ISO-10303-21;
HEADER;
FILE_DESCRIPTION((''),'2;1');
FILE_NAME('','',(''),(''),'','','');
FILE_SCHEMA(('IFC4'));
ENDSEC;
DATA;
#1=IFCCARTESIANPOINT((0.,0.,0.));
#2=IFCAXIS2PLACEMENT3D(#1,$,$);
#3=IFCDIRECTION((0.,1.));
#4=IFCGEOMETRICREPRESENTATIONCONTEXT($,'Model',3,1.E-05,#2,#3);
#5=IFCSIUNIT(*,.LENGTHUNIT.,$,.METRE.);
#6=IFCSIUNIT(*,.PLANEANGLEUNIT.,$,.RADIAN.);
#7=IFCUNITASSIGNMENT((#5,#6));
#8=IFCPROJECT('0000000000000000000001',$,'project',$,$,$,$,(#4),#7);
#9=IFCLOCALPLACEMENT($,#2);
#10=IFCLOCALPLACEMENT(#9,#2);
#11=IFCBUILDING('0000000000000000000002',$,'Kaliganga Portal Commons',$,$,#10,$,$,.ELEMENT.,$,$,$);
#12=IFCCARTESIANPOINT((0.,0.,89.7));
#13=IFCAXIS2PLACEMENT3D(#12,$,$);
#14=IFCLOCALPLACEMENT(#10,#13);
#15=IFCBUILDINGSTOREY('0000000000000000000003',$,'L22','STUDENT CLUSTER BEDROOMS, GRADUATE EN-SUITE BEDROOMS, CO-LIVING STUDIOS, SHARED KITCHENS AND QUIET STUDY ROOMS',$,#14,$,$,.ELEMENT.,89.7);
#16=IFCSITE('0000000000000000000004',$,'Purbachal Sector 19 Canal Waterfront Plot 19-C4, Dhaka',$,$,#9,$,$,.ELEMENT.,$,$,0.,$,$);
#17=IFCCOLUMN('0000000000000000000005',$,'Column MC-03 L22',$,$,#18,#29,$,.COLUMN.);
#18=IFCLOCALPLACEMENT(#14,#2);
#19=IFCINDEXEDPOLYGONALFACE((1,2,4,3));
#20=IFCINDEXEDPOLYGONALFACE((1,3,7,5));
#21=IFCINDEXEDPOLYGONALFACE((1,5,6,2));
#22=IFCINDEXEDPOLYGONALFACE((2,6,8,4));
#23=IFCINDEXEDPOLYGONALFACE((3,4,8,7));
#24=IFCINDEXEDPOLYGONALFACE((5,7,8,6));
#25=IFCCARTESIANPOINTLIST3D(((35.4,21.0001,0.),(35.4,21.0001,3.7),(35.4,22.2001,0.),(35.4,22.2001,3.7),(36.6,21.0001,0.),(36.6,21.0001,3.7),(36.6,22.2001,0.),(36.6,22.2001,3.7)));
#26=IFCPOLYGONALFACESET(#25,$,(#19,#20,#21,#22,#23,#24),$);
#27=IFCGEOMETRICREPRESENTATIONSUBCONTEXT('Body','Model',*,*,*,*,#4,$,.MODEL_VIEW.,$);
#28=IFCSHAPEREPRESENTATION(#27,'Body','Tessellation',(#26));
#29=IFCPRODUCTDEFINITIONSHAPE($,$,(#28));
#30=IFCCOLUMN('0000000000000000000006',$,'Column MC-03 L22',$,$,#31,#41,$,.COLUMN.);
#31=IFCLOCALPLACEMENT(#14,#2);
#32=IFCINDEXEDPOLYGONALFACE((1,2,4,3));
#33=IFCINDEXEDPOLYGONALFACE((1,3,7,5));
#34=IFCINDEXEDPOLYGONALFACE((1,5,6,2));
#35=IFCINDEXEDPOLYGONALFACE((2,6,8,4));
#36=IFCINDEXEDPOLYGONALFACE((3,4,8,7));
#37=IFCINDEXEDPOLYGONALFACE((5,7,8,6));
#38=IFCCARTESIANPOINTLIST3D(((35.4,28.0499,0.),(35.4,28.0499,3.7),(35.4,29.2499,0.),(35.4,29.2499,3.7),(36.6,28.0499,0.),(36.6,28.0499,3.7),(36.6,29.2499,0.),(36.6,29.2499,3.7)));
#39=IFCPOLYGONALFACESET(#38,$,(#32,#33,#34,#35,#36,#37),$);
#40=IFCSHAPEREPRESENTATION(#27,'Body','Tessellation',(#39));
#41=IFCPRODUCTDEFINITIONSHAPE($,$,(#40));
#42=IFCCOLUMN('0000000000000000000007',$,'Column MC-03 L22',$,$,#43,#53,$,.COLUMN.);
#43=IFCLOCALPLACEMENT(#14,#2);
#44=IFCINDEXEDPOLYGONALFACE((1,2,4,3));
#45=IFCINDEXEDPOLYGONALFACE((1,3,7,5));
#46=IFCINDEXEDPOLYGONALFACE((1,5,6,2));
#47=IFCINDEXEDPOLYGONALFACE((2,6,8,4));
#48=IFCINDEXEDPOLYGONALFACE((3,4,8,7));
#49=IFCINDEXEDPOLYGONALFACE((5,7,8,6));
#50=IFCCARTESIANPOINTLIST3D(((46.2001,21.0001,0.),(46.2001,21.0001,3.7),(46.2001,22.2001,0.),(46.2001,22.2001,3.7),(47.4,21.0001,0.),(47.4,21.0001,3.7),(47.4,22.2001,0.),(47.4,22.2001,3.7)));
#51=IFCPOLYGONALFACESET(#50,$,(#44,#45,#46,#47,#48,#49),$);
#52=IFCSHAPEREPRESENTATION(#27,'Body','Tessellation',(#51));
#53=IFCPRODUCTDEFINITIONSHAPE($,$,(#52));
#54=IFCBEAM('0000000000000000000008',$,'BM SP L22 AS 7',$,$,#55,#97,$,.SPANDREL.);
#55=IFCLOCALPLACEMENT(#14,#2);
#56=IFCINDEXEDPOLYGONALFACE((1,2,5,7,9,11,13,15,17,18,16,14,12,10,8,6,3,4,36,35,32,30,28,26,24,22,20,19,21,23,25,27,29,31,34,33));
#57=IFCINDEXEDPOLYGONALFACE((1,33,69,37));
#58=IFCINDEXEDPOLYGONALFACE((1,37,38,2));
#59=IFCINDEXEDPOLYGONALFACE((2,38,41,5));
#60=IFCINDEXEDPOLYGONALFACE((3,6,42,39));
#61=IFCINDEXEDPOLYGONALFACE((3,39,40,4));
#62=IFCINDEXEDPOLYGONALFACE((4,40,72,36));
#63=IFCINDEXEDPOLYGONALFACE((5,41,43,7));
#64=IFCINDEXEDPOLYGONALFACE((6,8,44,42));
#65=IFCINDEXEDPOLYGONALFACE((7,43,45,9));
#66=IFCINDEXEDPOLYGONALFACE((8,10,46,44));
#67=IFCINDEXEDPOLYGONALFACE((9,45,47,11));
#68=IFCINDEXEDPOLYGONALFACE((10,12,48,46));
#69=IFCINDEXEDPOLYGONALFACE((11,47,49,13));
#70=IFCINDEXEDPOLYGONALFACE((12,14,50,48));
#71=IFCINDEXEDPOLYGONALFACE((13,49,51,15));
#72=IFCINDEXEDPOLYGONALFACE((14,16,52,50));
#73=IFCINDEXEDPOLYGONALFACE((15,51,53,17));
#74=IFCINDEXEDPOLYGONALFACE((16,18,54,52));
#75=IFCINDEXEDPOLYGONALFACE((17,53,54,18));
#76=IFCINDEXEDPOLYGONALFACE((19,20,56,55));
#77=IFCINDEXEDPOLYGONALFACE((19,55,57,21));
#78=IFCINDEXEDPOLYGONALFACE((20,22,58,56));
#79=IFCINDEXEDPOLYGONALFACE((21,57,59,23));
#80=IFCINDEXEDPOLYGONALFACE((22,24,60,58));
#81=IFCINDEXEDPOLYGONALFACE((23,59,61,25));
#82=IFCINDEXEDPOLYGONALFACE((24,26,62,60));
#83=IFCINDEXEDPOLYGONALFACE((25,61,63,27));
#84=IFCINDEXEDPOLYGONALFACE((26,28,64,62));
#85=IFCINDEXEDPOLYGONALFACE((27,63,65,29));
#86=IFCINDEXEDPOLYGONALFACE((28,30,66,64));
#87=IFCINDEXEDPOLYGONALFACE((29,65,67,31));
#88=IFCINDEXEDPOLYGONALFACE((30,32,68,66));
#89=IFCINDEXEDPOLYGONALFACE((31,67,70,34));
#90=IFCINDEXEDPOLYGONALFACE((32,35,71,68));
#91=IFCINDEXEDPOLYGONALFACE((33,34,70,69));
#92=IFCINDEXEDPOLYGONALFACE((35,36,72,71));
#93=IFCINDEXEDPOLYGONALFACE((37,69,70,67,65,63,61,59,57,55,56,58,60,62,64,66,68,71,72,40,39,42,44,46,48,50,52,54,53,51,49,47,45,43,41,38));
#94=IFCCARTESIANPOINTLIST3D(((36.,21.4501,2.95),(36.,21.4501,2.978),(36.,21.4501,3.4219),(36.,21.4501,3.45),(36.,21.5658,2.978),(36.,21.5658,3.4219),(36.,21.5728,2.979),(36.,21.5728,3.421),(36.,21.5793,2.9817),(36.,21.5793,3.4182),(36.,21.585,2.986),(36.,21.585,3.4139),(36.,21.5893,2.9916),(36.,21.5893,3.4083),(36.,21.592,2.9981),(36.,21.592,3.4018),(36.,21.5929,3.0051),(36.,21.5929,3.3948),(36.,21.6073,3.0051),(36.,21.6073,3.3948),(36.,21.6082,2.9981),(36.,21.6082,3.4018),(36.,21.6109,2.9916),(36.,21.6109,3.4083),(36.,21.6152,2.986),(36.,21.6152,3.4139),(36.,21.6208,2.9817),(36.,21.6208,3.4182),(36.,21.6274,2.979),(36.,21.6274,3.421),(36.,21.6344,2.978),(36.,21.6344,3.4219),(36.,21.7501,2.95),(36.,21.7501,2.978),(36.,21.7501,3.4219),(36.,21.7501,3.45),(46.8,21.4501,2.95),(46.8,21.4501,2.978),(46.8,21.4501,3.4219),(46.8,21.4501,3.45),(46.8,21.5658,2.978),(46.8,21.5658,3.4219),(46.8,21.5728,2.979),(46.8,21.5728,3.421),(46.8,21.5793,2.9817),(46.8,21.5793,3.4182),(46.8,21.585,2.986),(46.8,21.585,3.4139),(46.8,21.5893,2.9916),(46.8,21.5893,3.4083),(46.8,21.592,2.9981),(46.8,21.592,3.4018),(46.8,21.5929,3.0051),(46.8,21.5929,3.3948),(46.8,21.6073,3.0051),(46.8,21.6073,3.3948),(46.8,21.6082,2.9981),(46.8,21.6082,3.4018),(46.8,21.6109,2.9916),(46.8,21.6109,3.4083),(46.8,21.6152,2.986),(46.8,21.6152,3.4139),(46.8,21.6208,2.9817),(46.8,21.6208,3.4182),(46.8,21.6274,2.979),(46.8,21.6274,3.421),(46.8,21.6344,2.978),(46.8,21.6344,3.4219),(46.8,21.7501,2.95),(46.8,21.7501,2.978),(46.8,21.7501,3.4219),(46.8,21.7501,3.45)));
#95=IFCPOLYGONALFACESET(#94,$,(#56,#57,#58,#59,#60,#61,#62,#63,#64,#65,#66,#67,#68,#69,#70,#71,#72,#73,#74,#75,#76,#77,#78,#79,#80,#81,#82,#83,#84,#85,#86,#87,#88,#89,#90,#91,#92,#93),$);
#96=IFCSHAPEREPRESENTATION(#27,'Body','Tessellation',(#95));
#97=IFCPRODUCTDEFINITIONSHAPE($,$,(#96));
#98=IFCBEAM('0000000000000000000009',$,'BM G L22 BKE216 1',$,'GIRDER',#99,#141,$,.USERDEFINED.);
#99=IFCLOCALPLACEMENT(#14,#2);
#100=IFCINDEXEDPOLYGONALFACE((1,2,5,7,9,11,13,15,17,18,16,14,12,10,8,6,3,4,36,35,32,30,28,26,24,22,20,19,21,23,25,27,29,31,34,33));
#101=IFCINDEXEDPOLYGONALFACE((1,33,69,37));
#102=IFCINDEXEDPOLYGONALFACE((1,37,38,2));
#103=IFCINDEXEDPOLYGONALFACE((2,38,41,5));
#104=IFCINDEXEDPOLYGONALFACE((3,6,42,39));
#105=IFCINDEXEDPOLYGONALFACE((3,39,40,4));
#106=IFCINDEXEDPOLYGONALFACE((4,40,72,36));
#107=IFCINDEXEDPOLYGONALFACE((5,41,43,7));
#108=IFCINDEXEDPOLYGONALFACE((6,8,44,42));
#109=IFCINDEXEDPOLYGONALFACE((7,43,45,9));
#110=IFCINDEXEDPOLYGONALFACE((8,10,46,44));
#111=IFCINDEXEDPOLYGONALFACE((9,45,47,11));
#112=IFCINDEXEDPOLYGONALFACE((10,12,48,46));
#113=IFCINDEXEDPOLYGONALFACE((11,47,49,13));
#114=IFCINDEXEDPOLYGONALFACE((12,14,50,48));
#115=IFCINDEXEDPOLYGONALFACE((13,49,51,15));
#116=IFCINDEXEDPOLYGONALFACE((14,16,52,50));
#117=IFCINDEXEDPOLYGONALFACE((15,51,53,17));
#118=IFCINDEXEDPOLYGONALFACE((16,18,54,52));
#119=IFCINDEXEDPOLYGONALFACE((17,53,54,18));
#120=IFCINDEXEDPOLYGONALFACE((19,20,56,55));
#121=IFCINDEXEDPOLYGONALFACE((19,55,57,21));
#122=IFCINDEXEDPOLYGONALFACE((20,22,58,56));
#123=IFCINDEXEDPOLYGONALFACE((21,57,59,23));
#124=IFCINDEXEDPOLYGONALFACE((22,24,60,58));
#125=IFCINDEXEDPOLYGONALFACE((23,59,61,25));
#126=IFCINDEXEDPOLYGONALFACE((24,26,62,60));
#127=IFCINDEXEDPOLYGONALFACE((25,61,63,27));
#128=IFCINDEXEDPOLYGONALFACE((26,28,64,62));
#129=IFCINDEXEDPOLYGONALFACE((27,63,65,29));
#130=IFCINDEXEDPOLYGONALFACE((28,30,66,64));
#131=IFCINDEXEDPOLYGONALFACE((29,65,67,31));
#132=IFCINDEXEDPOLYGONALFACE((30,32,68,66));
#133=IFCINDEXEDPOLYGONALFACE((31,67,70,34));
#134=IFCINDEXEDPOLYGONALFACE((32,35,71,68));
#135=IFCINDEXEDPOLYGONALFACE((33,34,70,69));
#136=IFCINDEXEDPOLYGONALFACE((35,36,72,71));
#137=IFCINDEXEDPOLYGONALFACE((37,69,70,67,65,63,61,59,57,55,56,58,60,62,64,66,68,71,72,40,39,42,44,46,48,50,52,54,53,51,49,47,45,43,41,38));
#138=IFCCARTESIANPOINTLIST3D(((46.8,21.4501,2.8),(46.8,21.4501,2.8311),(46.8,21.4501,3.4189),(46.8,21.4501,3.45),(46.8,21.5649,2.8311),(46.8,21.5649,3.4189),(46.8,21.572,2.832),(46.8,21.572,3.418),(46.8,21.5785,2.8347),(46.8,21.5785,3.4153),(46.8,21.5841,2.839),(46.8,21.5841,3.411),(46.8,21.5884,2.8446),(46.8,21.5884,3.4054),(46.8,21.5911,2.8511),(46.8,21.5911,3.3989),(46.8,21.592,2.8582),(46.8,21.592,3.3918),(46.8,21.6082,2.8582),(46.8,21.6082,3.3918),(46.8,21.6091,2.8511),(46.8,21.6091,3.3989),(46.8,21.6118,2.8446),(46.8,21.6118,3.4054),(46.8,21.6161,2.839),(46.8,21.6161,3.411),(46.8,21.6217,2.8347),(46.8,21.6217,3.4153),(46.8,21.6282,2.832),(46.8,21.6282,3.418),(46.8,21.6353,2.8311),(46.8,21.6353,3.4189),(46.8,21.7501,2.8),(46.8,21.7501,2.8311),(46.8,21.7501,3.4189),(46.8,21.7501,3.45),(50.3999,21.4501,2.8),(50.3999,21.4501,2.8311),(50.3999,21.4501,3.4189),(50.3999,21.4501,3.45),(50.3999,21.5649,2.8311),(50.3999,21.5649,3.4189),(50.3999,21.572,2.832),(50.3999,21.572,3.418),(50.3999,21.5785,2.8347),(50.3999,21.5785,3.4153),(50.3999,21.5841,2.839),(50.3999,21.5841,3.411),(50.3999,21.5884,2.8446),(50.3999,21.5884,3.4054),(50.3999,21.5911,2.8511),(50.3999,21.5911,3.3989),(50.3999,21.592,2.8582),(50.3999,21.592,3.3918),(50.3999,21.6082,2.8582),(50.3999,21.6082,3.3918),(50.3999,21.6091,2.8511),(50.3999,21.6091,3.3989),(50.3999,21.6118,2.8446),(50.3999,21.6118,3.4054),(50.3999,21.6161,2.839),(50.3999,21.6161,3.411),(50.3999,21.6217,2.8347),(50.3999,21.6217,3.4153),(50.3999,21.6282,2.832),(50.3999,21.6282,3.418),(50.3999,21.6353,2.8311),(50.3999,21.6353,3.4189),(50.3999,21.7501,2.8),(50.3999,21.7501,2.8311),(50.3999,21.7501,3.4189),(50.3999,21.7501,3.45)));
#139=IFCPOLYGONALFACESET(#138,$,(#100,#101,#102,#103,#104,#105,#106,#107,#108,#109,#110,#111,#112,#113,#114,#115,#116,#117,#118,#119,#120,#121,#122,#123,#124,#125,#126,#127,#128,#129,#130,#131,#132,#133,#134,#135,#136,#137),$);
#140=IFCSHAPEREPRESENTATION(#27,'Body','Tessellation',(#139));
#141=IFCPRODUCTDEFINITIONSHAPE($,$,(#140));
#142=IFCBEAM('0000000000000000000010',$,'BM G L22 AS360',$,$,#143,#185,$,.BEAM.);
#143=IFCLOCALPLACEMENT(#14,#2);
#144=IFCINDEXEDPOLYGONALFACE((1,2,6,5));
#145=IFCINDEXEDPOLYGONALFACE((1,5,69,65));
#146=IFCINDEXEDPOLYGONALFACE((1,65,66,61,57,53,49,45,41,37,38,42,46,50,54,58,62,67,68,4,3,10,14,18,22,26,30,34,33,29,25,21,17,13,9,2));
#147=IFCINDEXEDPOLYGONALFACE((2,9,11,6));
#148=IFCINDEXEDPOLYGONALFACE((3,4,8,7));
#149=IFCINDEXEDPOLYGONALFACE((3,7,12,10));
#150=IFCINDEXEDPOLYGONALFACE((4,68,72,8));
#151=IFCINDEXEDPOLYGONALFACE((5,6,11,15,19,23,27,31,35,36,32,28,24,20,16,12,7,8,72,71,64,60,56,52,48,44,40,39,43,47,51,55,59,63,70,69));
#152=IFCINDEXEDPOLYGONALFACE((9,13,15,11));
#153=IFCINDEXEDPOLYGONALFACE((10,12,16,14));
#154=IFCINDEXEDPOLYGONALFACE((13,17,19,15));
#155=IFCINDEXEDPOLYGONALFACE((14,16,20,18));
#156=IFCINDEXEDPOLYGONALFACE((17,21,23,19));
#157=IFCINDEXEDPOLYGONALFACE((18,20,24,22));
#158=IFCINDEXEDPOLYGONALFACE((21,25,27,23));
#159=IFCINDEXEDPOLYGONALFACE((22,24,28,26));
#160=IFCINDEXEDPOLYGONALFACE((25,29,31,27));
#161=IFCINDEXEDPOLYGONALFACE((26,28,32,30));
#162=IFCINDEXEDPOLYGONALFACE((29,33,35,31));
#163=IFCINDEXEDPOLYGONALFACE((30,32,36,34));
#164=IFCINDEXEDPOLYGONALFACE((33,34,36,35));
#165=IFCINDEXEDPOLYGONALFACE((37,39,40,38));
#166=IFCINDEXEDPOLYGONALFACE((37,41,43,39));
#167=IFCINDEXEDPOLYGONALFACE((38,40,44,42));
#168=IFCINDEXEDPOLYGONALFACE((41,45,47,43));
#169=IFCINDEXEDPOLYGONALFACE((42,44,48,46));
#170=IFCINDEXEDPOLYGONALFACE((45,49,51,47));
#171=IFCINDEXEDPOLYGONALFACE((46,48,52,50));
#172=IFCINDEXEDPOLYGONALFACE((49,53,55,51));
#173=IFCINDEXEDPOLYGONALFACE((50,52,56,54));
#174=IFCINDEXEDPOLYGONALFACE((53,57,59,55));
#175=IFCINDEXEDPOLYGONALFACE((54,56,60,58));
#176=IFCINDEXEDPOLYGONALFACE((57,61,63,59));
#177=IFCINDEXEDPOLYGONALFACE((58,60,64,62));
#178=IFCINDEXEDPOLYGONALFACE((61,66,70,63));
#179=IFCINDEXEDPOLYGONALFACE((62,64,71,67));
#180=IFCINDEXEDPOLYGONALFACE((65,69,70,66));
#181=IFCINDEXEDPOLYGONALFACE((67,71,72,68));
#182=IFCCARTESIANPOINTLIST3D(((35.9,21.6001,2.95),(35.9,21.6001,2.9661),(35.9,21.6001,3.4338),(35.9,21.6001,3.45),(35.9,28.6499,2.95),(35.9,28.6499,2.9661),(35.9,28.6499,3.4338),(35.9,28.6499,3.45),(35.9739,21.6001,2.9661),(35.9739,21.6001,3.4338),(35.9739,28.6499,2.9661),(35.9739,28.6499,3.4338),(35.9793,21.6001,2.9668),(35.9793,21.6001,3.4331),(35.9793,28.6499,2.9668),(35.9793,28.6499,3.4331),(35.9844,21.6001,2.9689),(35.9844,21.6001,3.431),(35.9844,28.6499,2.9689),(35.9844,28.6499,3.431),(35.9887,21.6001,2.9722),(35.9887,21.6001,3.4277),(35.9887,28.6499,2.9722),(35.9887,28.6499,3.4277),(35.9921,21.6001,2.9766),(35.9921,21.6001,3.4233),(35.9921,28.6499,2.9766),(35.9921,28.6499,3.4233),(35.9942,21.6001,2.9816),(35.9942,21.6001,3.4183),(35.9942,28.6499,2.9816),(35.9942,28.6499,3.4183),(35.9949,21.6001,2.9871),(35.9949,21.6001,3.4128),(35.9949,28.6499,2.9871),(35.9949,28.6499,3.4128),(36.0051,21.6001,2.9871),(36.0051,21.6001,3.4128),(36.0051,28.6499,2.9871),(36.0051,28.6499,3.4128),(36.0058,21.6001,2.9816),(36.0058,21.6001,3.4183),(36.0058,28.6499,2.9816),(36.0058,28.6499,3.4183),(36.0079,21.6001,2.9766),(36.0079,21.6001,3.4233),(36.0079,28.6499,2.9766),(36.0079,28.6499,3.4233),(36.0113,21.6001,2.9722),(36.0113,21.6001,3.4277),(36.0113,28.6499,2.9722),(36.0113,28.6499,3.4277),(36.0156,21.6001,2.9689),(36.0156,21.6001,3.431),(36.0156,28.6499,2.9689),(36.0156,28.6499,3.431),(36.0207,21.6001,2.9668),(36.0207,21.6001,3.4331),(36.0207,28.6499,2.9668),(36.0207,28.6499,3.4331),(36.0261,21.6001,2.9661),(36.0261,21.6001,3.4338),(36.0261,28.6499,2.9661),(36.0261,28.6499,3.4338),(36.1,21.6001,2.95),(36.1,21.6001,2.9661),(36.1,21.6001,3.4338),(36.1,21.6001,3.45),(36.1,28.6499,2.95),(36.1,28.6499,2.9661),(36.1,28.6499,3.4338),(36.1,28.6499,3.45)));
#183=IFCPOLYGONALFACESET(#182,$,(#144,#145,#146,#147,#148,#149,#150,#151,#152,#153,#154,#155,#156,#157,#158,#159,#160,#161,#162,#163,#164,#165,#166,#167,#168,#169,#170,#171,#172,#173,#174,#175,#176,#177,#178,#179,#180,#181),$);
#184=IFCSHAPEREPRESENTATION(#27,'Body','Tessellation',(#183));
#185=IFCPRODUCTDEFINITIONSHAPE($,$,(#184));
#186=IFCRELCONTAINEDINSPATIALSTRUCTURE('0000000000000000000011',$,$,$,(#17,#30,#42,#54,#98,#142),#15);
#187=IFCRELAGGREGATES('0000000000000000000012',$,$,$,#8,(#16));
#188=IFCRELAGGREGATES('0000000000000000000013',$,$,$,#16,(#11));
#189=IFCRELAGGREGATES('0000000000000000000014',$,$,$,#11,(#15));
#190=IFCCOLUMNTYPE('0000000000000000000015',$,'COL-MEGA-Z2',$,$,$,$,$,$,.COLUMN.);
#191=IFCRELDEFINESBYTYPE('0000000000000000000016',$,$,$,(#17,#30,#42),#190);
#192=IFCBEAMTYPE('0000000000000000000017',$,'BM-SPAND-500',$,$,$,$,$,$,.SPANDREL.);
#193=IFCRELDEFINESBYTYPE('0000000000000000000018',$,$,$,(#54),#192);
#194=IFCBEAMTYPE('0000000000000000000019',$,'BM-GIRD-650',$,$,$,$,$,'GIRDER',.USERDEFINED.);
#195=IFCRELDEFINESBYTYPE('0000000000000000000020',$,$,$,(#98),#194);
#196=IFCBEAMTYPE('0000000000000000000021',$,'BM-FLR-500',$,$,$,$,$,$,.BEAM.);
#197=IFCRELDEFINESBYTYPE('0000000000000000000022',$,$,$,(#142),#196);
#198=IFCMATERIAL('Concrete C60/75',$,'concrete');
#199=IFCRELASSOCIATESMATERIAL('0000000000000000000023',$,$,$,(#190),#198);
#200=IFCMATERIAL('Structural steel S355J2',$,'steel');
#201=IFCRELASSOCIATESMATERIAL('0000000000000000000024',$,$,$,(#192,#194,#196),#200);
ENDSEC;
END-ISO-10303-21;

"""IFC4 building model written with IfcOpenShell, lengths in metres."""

from ifc_helpers import new_model, si_unit, direction, frame, origin, origin_2d, place, context, subcontext, project, spatial, rectangle, i_section, extrude, source, transform, mapped, material, material_profile, profile_set, type_object, element, save


model = new_model("IFC4")

# Units and contexts
model_context = context("Model", 3, precision=1e-05, world=origin(), true_north=direction((0.0, 1.0)))
body_context = subcontext(model_context, "Body", "Model", "MODEL_VIEW")
ifc_project = project(units=[si_unit("LENGTHUNIT", "METRE"), si_unit("PLANEANGLEUNIT", "RADIAN")], contexts=[model_context])

# Site, building, storey
site_placement = place(None, origin())
site = spatial("IfcSite", under=ifc_project, at=site_placement, Name="Purbachal Sector 19 Canal Waterfront Plot 19-C4, Dhaka", CompositionType="ELEMENT", RefElevation=0.0)
building_placement = place(site_placement, origin())
building = spatial("IfcBuilding", under=site, at=building_placement, Name="Kaliganga Portal Commons", CompositionType="ELEMENT")
storey_placement = place(building_placement, frame((0.0, 0.0, 89.7)))
storey = spatial("IfcBuildingStorey", under=building, at=storey_placement, Name="L22", Description="STUDENT CLUSTER BEDROOMS, GRADUATE EN-SUITE BEDROOMS, CO-LIVING STUDIOS, SHARED KITCHENS AND QUIET STUDY ROOMS", CompositionType="ELEMENT", Elevation=89.7)

# Columns
ifc_material_1 = material(Name="Concrete C60/75", Category="concrete")
ifc_material_profile_1 = material_profile(ifc_material_1, rectangle(XDim=1.2, YDim=1.2, at=origin_2d()), Name="RC 1200x1200")
ifc_profile_set_1 = profile_set([ifc_material_profile_1], Name="Concrete C60/75")
column_type = type_object("IfcColumnType", Name="COL-MEGA-Z2", PredefinedType="COLUMN", material=ifc_profile_set_1)
shared_shape_1 = source(origin(), body_context, "Body", "SweptSolid", [
    extrude(rectangle(XDim=1.2, YDim=1.2, at=origin_2d()), origin(), (0.0, 0.0, 1.0), 3.7),
])
for number, where, z_axis, x_axis, name in (
    (1, (36.0, 21.6001, 0.0), (0.0, 0.0, 1.0), (1.0, 0.0, 0.0), "Column MC-03 L22"),
    (2, (36.0, 28.6499, 0.0), (0.0, 0.0, 1.0), (1.0, 0.0, 0.0), "Column MC-03 L22"),
    (3, (46.8, 21.6001, 0.0), (0.0, 0.0, 1.0), (1.0, 0.0, 0.0), "Column MC-03 L22"),
):
    element("IfcColumn", number, at=place(storey_placement, frame(where, z_axis=z_axis, x_axis=x_axis)), inside=storey, type_object=column_type, Name=name, PredefinedType="COLUMN", context=body_context, shape_type="MappedRepresentation", body=[
        mapped(shared_shape_1, transform((0.0, 0.0, 0.0), x_axis=(1.0, 0.0, 0.0), y_axis=(0.0, 1.0, 0.0), z_axis=(0.0, 0.0, 1.0), scale=1.0)),
    ])

# Beams
ifc_material_2 = material(Name="Structural steel S355J2", Category="steel")
ifc_material_profile_2 = material_profile(ifc_material_2, i_section(OverallWidth=0.3, OverallDepth=0.5, WebThickness=0.0144, FlangeThickness=0.0281, FilletRadius=0.0271, at=origin_2d()), Name="HE 500 B")
ifc_profile_set_2 = profile_set([ifc_material_profile_2], Name="Structural steel S355J2 wide-flange")
beam_type_1 = type_object("IfcBeamType", Name="BM-SPAND-500", PredefinedType="SPANDREL", material=ifc_profile_set_2)
shared_shape_2 = source(origin(), body_context, "Body", "SweptSolid", [
    extrude(i_section(OverallWidth=0.3, OverallDepth=0.5, WebThickness=0.0144, FlangeThickness=0.0281, FilletRadius=0.0271, at=origin_2d()), origin(), (0.0, 0.0, 1.0), 10.8),
])
beam_1_placement = place(storey_placement, frame((36.0, 21.6001, 3.2), z_axis=(1.0, 0.0, 0.0), x_axis=(0.0, 1.0, 0.0)))
element("IfcBeam", 4, at=beam_1_placement, inside=storey, type_object=beam_type_1, Name="BM SP L22 AS 7", PredefinedType="SPANDREL", context=body_context, shape_type="MappedRepresentation", body=[
    mapped(shared_shape_2, transform((0.0, 0.0, 0.0), x_axis=(1.0, 0.0, 0.0), y_axis=(0.0, 1.0, 0.0), z_axis=(0.0, 0.0, 1.0), scale=1.0)),
])
ifc_material_profile_3 = material_profile(ifc_material_2, i_section(OverallWidth=0.3, OverallDepth=0.6499, WebThickness=0.0161, FlangeThickness=0.031, FilletRadius=0.0271, at=origin_2d()), Name="HE 650 B")
ifc_profile_set_3 = profile_set([ifc_material_profile_3], Name="Structural steel S355J2 wide-flange")
beam_type_2 = type_object("IfcBeamType", Name="BM-GIRD-650", ElementType="GIRDER", PredefinedType="USERDEFINED", material=ifc_profile_set_3)
shared_shape_3 = source(origin(), body_context, "Body", "SweptSolid", [
    extrude(i_section(OverallWidth=0.3, OverallDepth=0.6499, WebThickness=0.0161, FlangeThickness=0.031, FilletRadius=0.0271, at=origin_2d()), origin(), (0.0, 0.0, 1.0), 3.5999),
])
beam_2_placement = place(storey_placement, frame((46.8, 21.6001, 3.125), z_axis=(1.0, 0.0, 0.0), x_axis=(0.0, 1.0, 0.0)))
element("IfcBeam", 5, at=beam_2_placement, inside=storey, type_object=beam_type_2, Name="BM G L22 BKE216 1", ObjectType="GIRDER", PredefinedType="USERDEFINED", context=body_context, shape_type="MappedRepresentation", body=[
    mapped(shared_shape_3, transform((0.0, 0.0, 0.0), x_axis=(1.0, 0.0, 0.0), y_axis=(0.0, 1.0, 0.0), z_axis=(0.0, 0.0, 1.0), scale=1.0)),
])
ifc_material_profile_4 = material_profile(ifc_material_2, i_section(OverallWidth=0.2, OverallDepth=0.5, WebThickness=0.0103, FlangeThickness=0.0161, FilletRadius=0.021, at=origin_2d()), Name="IPE 500")
ifc_profile_set_4 = profile_set([ifc_material_profile_4], Name="Structural steel S355J2 wide-flange")
beam_type_3 = type_object("IfcBeamType", Name="BM-FLR-500", PredefinedType="BEAM", material=ifc_profile_set_4)
shared_shape_4 = source(origin(), body_context, "Body", "SweptSolid", [
    extrude(i_section(OverallWidth=0.2, OverallDepth=0.5, WebThickness=0.0103, FlangeThickness=0.0161, FilletRadius=0.021, at=origin_2d()), origin(), (0.0, 0.0, 1.0), 7.0498),
])
for number, where, z_axis, x_axis, name in (
    (6, (36.0, 21.6001, 3.2), (0.0, 1.0, 0.0), (-1.0, 0.0, 0.0), "BM G L22 AS360"),
):
    element("IfcBeam", number, at=place(storey_placement, frame(where, z_axis=z_axis, x_axis=x_axis)), inside=storey, type_object=beam_type_3, Name=name, PredefinedType="BEAM", context=body_context, shape_type="MappedRepresentation", body=[
        mapped(shared_shape_4, transform((0.0, 0.0, 0.0), x_axis=(1.0, 0.0, 0.0), y_axis=(0.0, 1.0, 0.0), z_axis=(0.0, 0.0, 1.0), scale=1.0)),
    ])

save(model, "model.ifc")
